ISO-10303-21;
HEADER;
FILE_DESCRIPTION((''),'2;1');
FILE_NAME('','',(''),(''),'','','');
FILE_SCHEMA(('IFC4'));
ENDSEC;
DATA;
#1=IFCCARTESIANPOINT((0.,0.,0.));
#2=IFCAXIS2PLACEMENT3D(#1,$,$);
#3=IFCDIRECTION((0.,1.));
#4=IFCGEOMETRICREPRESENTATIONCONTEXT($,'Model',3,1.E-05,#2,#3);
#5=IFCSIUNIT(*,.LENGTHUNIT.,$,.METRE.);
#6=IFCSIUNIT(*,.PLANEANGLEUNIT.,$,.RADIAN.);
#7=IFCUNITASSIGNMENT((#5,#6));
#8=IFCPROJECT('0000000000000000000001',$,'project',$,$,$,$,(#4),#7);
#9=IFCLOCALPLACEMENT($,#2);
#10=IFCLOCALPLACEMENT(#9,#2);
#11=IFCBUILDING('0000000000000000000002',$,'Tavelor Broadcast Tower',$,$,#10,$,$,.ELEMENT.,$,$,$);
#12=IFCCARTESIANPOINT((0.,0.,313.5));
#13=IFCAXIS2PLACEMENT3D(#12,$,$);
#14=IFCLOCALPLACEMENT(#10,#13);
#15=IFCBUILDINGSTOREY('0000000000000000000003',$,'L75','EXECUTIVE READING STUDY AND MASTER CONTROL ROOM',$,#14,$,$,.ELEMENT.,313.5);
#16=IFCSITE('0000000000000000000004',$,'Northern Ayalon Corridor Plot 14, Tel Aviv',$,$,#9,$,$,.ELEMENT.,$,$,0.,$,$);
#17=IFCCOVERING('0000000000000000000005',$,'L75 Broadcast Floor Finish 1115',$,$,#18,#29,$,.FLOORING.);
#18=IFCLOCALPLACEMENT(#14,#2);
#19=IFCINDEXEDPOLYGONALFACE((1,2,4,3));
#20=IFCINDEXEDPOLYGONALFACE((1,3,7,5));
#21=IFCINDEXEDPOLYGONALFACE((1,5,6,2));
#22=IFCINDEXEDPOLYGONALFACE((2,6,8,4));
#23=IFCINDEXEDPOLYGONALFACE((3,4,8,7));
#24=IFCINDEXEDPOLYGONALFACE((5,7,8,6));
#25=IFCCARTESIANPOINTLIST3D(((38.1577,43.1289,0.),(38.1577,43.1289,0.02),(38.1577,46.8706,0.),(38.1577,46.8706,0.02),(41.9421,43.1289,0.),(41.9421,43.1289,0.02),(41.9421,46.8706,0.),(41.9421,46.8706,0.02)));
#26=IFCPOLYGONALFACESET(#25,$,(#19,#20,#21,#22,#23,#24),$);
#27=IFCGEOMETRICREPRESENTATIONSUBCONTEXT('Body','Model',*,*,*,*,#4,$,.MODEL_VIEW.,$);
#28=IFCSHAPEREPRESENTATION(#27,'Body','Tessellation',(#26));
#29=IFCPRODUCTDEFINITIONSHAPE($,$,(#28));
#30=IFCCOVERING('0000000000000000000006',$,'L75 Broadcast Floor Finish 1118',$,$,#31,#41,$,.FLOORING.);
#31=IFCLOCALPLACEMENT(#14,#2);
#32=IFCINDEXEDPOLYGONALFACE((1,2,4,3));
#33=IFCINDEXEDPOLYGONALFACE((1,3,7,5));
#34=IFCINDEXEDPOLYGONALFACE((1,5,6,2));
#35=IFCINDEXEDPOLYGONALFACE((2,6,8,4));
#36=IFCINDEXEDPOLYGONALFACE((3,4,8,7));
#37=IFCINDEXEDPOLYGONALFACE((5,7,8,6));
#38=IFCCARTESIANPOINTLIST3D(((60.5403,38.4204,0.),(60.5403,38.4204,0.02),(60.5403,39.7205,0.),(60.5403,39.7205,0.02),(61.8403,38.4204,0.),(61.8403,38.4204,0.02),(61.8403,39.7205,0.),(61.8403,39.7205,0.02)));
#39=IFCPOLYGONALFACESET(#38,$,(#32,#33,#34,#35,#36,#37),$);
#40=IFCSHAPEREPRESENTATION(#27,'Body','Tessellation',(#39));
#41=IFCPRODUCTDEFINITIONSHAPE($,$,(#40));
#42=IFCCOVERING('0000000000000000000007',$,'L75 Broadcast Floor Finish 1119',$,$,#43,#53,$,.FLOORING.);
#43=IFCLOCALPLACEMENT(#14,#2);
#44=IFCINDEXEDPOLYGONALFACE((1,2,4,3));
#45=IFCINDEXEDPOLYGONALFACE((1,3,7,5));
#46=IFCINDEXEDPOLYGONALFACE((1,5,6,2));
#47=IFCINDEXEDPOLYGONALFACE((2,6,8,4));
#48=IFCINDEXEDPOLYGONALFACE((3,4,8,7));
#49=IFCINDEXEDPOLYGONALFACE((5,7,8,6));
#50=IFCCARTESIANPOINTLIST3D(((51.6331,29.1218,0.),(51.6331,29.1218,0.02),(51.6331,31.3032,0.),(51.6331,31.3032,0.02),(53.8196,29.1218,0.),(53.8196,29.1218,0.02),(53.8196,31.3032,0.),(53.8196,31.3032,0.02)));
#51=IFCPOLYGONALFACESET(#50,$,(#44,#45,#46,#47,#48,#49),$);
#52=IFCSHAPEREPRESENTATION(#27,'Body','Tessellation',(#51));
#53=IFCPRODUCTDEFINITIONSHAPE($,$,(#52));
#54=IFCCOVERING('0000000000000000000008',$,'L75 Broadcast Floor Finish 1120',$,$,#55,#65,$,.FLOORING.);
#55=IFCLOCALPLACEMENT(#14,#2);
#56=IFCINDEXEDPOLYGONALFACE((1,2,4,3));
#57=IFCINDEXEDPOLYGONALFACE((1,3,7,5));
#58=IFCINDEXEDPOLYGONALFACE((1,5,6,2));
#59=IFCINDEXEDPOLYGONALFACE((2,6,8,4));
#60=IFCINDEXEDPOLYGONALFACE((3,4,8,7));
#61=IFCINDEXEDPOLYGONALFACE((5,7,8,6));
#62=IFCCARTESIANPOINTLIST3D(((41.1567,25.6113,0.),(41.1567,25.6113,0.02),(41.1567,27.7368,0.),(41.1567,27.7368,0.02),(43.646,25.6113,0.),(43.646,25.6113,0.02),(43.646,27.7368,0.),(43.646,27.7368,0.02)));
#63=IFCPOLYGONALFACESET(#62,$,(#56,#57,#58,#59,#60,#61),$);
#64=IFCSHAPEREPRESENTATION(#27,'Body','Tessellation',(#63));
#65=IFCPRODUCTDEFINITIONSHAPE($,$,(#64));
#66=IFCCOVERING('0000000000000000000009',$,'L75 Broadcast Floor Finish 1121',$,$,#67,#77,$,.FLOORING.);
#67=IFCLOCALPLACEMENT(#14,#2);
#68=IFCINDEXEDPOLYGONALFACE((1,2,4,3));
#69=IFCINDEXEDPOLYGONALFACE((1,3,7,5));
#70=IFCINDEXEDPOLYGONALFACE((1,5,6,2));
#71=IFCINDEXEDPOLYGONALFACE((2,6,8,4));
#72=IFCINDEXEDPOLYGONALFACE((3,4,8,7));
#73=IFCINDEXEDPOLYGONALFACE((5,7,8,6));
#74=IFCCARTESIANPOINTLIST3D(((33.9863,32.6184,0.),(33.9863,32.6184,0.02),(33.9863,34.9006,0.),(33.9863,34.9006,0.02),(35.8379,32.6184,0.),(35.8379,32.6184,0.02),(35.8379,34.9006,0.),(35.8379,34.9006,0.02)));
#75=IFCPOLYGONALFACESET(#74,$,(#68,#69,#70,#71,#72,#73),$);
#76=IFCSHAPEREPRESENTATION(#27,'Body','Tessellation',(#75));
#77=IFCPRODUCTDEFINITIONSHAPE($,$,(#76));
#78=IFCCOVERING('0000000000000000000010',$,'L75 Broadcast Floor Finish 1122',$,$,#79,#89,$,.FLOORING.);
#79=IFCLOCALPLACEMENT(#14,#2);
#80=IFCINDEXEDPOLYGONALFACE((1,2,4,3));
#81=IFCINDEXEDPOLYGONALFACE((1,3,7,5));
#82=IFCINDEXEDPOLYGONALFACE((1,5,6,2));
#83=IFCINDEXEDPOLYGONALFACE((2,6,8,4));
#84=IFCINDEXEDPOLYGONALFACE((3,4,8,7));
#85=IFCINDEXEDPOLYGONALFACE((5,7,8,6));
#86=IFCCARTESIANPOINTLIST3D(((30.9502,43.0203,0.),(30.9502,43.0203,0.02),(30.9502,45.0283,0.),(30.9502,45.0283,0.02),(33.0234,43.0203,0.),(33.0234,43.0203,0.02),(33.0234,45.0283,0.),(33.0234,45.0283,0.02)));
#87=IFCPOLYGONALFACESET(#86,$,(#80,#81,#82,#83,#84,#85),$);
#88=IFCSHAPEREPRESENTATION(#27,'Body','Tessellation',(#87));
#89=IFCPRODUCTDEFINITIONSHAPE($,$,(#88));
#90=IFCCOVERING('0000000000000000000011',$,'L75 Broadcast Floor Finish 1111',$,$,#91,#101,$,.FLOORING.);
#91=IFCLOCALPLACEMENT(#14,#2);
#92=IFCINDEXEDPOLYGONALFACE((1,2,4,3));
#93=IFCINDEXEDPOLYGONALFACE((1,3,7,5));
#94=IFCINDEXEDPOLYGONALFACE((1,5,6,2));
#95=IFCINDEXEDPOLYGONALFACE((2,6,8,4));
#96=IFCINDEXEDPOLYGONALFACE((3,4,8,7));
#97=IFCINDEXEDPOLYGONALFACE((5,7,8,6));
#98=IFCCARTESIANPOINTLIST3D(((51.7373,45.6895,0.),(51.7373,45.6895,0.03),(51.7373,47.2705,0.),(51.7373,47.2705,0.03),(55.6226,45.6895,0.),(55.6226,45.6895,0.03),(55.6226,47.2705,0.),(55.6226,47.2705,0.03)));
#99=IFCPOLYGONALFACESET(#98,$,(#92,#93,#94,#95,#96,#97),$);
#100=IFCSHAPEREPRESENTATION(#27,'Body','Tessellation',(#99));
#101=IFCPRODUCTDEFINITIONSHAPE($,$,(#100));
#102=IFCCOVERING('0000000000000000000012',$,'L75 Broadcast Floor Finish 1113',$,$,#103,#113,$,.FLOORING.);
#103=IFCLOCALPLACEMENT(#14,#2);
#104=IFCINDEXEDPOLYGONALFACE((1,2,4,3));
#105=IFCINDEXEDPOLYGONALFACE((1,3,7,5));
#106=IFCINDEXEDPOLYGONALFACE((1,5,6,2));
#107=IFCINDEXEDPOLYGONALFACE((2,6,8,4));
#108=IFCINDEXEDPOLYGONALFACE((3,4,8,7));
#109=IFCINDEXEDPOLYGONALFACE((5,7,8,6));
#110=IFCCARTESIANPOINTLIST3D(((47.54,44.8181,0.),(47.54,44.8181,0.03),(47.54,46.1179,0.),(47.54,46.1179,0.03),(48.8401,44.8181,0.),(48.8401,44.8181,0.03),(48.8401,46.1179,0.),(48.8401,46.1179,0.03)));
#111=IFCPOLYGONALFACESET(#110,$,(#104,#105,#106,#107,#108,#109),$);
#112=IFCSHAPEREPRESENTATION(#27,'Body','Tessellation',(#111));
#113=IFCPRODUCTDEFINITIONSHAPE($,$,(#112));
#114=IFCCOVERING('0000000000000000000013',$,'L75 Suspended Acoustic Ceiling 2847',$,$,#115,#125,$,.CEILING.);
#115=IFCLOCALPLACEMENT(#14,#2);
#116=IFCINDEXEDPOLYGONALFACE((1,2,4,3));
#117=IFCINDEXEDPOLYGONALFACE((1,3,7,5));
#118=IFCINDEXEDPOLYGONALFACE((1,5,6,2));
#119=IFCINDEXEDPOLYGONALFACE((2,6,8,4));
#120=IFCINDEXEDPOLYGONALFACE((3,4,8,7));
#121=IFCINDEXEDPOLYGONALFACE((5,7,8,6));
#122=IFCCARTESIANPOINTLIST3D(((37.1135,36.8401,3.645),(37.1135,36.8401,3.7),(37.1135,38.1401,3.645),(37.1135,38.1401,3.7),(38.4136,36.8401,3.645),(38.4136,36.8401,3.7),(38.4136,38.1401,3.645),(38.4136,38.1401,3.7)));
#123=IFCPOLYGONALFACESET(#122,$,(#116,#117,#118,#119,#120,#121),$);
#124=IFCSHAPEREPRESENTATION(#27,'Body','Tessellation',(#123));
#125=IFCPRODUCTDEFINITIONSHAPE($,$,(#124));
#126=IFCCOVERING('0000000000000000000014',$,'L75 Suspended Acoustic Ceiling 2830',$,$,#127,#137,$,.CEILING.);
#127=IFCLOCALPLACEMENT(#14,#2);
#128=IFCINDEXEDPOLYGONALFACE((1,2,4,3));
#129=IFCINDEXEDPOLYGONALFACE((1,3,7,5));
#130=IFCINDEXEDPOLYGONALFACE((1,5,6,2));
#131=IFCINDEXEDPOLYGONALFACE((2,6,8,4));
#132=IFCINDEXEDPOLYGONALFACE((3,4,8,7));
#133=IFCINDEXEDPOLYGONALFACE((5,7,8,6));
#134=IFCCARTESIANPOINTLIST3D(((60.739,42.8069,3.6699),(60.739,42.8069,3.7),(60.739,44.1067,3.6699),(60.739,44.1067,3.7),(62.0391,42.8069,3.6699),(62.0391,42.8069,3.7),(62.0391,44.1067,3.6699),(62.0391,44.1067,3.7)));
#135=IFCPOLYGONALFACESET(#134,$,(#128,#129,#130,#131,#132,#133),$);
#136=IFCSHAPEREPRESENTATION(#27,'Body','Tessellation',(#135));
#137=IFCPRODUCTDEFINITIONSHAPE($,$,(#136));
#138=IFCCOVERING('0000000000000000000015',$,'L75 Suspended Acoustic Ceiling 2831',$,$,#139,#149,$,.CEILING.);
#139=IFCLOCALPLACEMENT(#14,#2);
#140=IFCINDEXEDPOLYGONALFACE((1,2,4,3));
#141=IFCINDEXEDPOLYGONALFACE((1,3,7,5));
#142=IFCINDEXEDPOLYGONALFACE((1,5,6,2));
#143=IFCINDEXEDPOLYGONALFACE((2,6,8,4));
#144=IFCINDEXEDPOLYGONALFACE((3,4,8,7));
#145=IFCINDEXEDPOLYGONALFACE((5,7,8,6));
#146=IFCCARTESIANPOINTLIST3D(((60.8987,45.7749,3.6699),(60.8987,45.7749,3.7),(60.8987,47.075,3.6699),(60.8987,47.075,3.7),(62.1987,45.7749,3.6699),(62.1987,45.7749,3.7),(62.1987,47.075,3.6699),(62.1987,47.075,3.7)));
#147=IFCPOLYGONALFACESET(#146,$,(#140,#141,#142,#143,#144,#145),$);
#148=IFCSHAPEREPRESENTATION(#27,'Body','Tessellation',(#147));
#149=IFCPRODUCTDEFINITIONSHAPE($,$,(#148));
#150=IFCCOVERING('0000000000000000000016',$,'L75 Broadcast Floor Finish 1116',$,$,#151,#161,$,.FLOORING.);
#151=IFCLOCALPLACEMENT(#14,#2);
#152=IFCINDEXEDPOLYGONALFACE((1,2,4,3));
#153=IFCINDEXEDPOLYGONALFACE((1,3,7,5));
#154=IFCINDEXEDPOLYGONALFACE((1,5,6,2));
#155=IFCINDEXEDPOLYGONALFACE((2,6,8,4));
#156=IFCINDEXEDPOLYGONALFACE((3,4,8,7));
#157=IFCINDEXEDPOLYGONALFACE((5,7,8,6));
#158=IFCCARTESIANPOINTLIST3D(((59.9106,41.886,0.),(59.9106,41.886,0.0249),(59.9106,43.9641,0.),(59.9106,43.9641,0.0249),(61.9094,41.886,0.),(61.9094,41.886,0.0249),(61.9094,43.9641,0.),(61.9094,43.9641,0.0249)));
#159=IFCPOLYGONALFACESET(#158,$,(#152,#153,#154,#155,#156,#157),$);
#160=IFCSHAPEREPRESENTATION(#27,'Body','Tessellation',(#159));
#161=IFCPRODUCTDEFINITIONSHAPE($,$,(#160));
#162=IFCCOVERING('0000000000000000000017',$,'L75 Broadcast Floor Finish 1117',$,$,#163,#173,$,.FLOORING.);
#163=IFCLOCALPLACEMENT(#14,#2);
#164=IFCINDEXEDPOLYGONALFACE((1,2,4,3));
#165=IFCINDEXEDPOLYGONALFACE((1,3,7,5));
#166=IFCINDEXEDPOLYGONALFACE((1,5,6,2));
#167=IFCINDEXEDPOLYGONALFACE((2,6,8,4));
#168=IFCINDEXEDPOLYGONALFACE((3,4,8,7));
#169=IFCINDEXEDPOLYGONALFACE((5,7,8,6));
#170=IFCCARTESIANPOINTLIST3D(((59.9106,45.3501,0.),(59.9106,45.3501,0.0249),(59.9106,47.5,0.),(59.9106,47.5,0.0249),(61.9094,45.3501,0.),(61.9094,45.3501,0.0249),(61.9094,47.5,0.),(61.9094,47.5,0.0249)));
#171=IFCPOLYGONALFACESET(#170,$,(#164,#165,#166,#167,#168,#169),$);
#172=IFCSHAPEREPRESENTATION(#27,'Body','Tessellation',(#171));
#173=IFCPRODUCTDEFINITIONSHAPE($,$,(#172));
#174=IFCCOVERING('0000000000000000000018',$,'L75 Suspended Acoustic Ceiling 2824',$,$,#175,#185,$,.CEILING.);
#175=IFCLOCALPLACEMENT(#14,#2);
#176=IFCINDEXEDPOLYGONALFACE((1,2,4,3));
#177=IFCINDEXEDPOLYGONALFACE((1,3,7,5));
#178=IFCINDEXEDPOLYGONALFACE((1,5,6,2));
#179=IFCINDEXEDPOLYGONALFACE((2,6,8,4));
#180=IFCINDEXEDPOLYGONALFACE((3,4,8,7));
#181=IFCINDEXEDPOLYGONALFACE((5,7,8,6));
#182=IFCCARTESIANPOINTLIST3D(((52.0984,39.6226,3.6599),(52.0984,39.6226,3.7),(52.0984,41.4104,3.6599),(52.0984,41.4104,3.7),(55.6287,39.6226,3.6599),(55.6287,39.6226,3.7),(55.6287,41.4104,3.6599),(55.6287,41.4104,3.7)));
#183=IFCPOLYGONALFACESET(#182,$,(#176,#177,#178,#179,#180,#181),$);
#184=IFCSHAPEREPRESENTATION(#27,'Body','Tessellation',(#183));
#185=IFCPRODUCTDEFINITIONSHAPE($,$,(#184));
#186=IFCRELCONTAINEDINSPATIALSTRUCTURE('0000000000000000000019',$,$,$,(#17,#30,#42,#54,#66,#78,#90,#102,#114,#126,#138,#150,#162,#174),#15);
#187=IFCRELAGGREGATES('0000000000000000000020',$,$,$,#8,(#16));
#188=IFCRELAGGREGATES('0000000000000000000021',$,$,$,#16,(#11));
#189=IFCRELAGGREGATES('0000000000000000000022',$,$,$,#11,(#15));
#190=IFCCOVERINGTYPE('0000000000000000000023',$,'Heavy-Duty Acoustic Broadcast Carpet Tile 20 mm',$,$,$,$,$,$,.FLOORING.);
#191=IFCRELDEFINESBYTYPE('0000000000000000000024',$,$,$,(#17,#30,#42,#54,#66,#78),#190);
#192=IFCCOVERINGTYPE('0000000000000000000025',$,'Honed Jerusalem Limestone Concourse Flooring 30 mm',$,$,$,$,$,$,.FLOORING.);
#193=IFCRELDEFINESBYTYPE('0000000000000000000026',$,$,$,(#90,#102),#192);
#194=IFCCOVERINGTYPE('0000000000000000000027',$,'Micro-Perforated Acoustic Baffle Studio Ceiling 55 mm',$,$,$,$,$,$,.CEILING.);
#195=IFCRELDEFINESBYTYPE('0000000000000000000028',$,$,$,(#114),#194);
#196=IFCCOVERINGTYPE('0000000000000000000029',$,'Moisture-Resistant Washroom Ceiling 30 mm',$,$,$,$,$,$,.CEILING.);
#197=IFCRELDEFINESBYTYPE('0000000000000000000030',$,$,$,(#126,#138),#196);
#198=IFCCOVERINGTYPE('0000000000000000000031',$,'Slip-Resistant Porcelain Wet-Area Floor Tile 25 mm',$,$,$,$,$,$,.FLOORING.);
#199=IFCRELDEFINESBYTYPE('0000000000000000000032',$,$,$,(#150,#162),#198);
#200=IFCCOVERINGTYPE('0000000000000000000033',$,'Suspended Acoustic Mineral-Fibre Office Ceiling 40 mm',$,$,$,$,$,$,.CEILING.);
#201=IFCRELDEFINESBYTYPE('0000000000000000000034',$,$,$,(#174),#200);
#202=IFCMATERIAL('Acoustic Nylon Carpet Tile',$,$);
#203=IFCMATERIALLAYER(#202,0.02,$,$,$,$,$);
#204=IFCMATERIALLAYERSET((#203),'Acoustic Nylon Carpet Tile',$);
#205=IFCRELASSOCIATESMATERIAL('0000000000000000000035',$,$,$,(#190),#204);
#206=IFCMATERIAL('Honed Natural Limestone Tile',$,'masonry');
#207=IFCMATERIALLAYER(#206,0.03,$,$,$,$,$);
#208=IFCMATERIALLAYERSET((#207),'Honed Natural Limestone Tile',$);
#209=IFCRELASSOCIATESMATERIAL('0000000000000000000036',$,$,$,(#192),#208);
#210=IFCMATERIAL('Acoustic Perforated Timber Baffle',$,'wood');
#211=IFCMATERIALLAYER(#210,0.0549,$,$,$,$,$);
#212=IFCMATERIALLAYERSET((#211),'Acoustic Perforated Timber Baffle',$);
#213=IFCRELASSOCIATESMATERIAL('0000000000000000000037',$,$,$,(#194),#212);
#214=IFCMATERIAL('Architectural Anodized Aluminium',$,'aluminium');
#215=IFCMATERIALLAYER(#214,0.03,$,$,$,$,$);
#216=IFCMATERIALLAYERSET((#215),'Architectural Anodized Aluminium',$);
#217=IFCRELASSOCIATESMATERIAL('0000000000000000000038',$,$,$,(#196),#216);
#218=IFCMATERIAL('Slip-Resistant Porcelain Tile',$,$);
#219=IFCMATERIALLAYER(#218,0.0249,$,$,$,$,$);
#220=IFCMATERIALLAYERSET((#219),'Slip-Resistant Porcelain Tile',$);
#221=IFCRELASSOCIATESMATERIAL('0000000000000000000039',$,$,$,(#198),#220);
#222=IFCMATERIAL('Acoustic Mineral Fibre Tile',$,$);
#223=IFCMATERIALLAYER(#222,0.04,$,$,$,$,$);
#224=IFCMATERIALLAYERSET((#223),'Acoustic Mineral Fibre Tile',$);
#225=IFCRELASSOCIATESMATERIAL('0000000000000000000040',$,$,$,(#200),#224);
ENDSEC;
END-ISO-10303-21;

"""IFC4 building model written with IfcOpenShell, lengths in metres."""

from ifc_helpers import new_model, si_unit, direction, frame, origin, place, context, subcontext, project, spatial, polyline, outline, extrude, material, layer, layer_set, type_object, element, save


model = new_model("IFC4")

# Units and contexts
model_context = context("Model", 3, precision=1e-05, world=origin(), true_north=direction((0.0, 1.0)))
body_context = subcontext(model_context, "Body", "Model", "MODEL_VIEW")
ifc_project = project(units=[si_unit("LENGTHUNIT", "METRE"), si_unit("PLANEANGLEUNIT", "RADIAN")], contexts=[model_context])

# Site, building, storey
site_placement = place(None, origin())
site = spatial("IfcSite", under=ifc_project, at=site_placement, Name="Northern Ayalon Corridor Plot 14, Tel Aviv", CompositionType="ELEMENT", RefElevation=0.0)
building_placement = place(site_placement, origin())
building = spatial("IfcBuilding", under=site, at=building_placement, Name="Tavelor Broadcast Tower", CompositionType="ELEMENT")
storey_placement = place(building_placement, frame((0.0, 0.0, 313.5)))
storey = spatial("IfcBuildingStorey", under=building, at=storey_placement, Name="L75", Description="EXECUTIVE READING STUDY AND MASTER CONTROL ROOM", CompositionType="ELEMENT", Elevation=313.5)

# Coverings
ifc_material_1 = material(Name="Architectural Anodized Aluminium", Category="aluminium")
ifc_material_2 = material(Name="Acoustic Nylon Carpet Tile")
ifc_layer_1 = layer(ifc_material_2, 0.02)
ifc_layer_set_1 = layer_set([ifc_layer_1], Name="Acoustic Nylon Carpet Tile")
covering_type_1 = type_object("IfcCoveringType", Name="Heavy-Duty Acoustic Broadcast Carpet Tile 20 mm", PredefinedType="FLOORING", material=ifc_layer_set_1)
covering_1_placement = place(storey_placement, origin())
element("IfcCovering", 1, at=covering_1_placement, inside=storey, type_object=covering_type_1, Name="L75 Broadcast Floor Finish 1115", PredefinedType="FLOORING", context=body_context, shape_type="SweptSolid", body=[
    extrude(outline(polyline([(38.1577, 43.1289), (41.9421, 43.1289), (41.9421, 46.8706), (38.1577, 46.8706), (38.1577, 43.1289)])), origin(), (0.0, 0.0, 1.0), 0.02),
])
covering_2_placement = place(storey_placement, origin())
element("IfcCovering", 2, at=covering_2_placement, inside=storey, type_object=covering_type_1, Name="L75 Broadcast Floor Finish 1118", PredefinedType="FLOORING", context=body_context, shape_type="SweptSolid", body=[
    extrude(outline(polyline([(60.5403, 38.4204), (61.8403, 38.4204), (61.8403, 39.7205), (60.5403, 39.7205), (60.5403, 38.4204)])), origin(), (0.0, 0.0, 1.0), 0.02),
])
covering_3_placement = place(storey_placement, origin())
element("IfcCovering", 3, at=covering_3_placement, inside=storey, type_object=covering_type_1, Name="L75 Broadcast Floor Finish 1119", PredefinedType="FLOORING", context=body_context, shape_type="SweptSolid", body=[
    extrude(outline(polyline([(51.6331, 29.1218), (53.8196, 29.1218), (53.8196, 31.3032), (51.6331, 31.3032), (51.6331, 29.1218)])), origin(), (0.0, 0.0, 1.0), 0.02),
])
covering_4_placement = place(storey_placement, origin())
element("IfcCovering", 4, at=covering_4_placement, inside=storey, type_object=covering_type_1, Name="L75 Broadcast Floor Finish 1120", PredefinedType="FLOORING", context=body_context, shape_type="SweptSolid", body=[
    extrude(outline(polyline([(41.1567, 25.6113), (43.646, 25.6113), (43.646, 27.7368), (41.1567, 27.7368), (41.1567, 25.6113)])), origin(), (0.0, 0.0, 1.0), 0.02),
])
covering_5_placement = place(storey_placement, origin())
element("IfcCovering", 5, at=covering_5_placement, inside=storey, type_object=covering_type_1, Name="L75 Broadcast Floor Finish 1121", PredefinedType="FLOORING", context=body_context, shape_type="SweptSolid", body=[
    extrude(outline(polyline([(33.9863, 32.6184), (35.8379, 32.6184), (35.8379, 34.9006), (33.9863, 34.9006), (33.9863, 32.6184)])), origin(), (0.0, 0.0, 1.0), 0.02),
])
covering_6_placement = place(storey_placement, origin())
element("IfcCovering", 6, at=covering_6_placement, inside=storey, type_object=covering_type_1, Name="L75 Broadcast Floor Finish 1122", PredefinedType="FLOORING", context=body_context, shape_type="SweptSolid", body=[
    extrude(outline(polyline([(30.9502, 43.0203), (33.0234, 43.0203), (33.0234, 45.0283), (30.9502, 45.0283), (30.9502, 43.0203)])), origin(), (0.0, 0.0, 1.0), 0.02),
])
ifc_material_3 = material(Name="Honed Natural Limestone Tile", Category="masonry")
ifc_layer_2 = layer(ifc_material_3, 0.03)
ifc_layer_set_2 = layer_set([ifc_layer_2], Name="Honed Natural Limestone Tile")
covering_type_2 = type_object("IfcCoveringType", Name="Honed Jerusalem Limestone Concourse Flooring 30 mm", PredefinedType="FLOORING", material=ifc_layer_set_2)
covering_7_placement = place(storey_placement, origin())
element("IfcCovering", 7, at=covering_7_placement, inside=storey, type_object=covering_type_2, Name="L75 Broadcast Floor Finish 1111", PredefinedType="FLOORING", context=body_context, shape_type="SweptSolid", body=[
    extrude(outline(polyline([(51.7373, 45.6895), (55.6226, 45.6895), (55.6226, 47.2705), (51.7373, 47.2705), (51.7373, 45.6895)])), origin(), (0.0, 0.0, 1.0), 0.03),
])
covering_8_placement = place(storey_placement, origin())
element("IfcCovering", 8, at=covering_8_placement, inside=storey, type_object=covering_type_2, Name="L75 Broadcast Floor Finish 1113", PredefinedType="FLOORING", context=body_context, shape_type="SweptSolid", body=[
    extrude(outline(polyline([(47.54, 44.8181), (48.8401, 44.8181), (48.8401, 46.1179), (47.54, 46.1179), (47.54, 44.8181)])), origin(), (0.0, 0.0, 1.0), 0.03),
])
ifc_material_4 = material(Name="Acoustic Perforated Timber Baffle", Category="wood")
ifc_layer_3 = layer(ifc_material_4, 0.0549)
ifc_layer_set_3 = layer_set([ifc_layer_3], Name="Acoustic Perforated Timber Baffle")
covering_type_3 = type_object("IfcCoveringType", Name="Micro-Perforated Acoustic Baffle Studio Ceiling 55 mm", PredefinedType="CEILING", material=ifc_layer_set_3)
covering_9_placement = place(storey_placement, frame((0.0, 0.0, 3.645)))
element("IfcCovering", 9, at=covering_9_placement, inside=storey, type_object=covering_type_3, Name="L75 Suspended Acoustic Ceiling 2847", PredefinedType="CEILING", context=body_context, shape_type="SweptSolid", body=[
    extrude(outline(polyline([(37.1135, 36.8401), (38.4136, 36.8401), (38.4136, 38.1401), (37.1135, 38.1401), (37.1135, 36.8401)])), origin(), (0.0, 0.0, 1.0), 0.0549),
])
ifc_layer_4 = layer(ifc_material_1, 0.03)
ifc_layer_set_4 = layer_set([ifc_layer_4], Name="Architectural Anodized Aluminium")
covering_type_4 = type_object("IfcCoveringType", Name="Moisture-Resistant Washroom Ceiling 30 mm", PredefinedType="CEILING", material=ifc_layer_set_4)
covering_10_placement = place(storey_placement, frame((0.0, 0.0, 3.6699)))
element("IfcCovering", 10, at=covering_10_placement, inside=storey, type_object=covering_type_4, Name="L75 Suspended Acoustic Ceiling 2830", PredefinedType="CEILING", context=body_context, shape_type="SweptSolid", body=[
    extrude(outline(polyline([(60.739, 42.8069), (62.0391, 42.8069), (62.0391, 44.1067), (60.739, 44.1067), (60.739, 42.8069)])), origin(), (0.0, 0.0, 1.0), 0.03),
])
covering_11_placement = place(storey_placement, frame((0.0, 0.0, 3.6699)))
element("IfcCovering", 11, at=covering_11_placement, inside=storey, type_object=covering_type_4, Name="L75 Suspended Acoustic Ceiling 2831", PredefinedType="CEILING", context=body_context, shape_type="SweptSolid", body=[
    extrude(outline(polyline([(60.8987, 45.7749), (62.1987, 45.7749), (62.1987, 47.075), (60.8987, 47.075), (60.8987, 45.7749)])), origin(), (0.0, 0.0, 1.0), 0.03),
])
ifc_material_5 = material(Name="Slip-Resistant Porcelain Tile")
ifc_layer_5 = layer(ifc_material_5, 0.0249)
ifc_layer_set_5 = layer_set([ifc_layer_5], Name="Slip-Resistant Porcelain Tile")
covering_type_5 = type_object("IfcCoveringType", Name="Slip-Resistant Porcelain Wet-Area Floor Tile 25 mm", PredefinedType="FLOORING", material=ifc_layer_set_5)
covering_12_placement = place(storey_placement, origin())
element("IfcCovering", 12, at=covering_12_placement, inside=storey, type_object=covering_type_5, Name="L75 Broadcast Floor Finish 1116", PredefinedType="FLOORING", context=body_context, shape_type="SweptSolid", body=[
    extrude(outline(polyline([(59.9106, 41.886), (61.9094, 41.886), (61.9094, 43.9641), (59.9106, 43.9641), (59.9106, 41.886)])), origin(), (0.0, 0.0, 1.0), 0.0249),
])
covering_13_placement = place(storey_placement, origin())
element("IfcCovering", 13, at=covering_13_placement, inside=storey, type_object=covering_type_5, Name="L75 Broadcast Floor Finish 1117", PredefinedType="FLOORING", context=body_context, shape_type="SweptSolid", body=[
    extrude(outline(polyline([(59.9106, 45.3501), (61.9094, 45.3501), (61.9094, 47.5), (59.9106, 47.5), (59.9106, 45.3501)])), origin(), (0.0, 0.0, 1.0), 0.0249),
])
ifc_material_6 = material(Name="Acoustic Mineral Fibre Tile")
ifc_layer_6 = layer(ifc_material_6, 0.04)
ifc_layer_set_6 = layer_set([ifc_layer_6], Name="Acoustic Mineral Fibre Tile")
covering_type_6 = type_object("IfcCoveringType", Name="Suspended Acoustic Mineral-Fibre Office Ceiling 40 mm", PredefinedType="CEILING", material=ifc_layer_set_6)
covering_14_placement = place(storey_placement, frame((0.0, 0.0, 3.6599)))
element("IfcCovering", 14, at=covering_14_placement, inside=storey, type_object=covering_type_6, Name="L75 Suspended Acoustic Ceiling 2824", PredefinedType="CEILING", context=body_context, shape_type="SweptSolid", body=[
    extrude(outline(polyline([(52.0984, 39.6226), (55.6287, 39.6226), (55.6287, 41.4104), (52.0984, 41.4104), (52.0984, 39.6226)])), origin(), (0.0, 0.0, 1.0), 0.04),
])

save(model, "model.ifc")
